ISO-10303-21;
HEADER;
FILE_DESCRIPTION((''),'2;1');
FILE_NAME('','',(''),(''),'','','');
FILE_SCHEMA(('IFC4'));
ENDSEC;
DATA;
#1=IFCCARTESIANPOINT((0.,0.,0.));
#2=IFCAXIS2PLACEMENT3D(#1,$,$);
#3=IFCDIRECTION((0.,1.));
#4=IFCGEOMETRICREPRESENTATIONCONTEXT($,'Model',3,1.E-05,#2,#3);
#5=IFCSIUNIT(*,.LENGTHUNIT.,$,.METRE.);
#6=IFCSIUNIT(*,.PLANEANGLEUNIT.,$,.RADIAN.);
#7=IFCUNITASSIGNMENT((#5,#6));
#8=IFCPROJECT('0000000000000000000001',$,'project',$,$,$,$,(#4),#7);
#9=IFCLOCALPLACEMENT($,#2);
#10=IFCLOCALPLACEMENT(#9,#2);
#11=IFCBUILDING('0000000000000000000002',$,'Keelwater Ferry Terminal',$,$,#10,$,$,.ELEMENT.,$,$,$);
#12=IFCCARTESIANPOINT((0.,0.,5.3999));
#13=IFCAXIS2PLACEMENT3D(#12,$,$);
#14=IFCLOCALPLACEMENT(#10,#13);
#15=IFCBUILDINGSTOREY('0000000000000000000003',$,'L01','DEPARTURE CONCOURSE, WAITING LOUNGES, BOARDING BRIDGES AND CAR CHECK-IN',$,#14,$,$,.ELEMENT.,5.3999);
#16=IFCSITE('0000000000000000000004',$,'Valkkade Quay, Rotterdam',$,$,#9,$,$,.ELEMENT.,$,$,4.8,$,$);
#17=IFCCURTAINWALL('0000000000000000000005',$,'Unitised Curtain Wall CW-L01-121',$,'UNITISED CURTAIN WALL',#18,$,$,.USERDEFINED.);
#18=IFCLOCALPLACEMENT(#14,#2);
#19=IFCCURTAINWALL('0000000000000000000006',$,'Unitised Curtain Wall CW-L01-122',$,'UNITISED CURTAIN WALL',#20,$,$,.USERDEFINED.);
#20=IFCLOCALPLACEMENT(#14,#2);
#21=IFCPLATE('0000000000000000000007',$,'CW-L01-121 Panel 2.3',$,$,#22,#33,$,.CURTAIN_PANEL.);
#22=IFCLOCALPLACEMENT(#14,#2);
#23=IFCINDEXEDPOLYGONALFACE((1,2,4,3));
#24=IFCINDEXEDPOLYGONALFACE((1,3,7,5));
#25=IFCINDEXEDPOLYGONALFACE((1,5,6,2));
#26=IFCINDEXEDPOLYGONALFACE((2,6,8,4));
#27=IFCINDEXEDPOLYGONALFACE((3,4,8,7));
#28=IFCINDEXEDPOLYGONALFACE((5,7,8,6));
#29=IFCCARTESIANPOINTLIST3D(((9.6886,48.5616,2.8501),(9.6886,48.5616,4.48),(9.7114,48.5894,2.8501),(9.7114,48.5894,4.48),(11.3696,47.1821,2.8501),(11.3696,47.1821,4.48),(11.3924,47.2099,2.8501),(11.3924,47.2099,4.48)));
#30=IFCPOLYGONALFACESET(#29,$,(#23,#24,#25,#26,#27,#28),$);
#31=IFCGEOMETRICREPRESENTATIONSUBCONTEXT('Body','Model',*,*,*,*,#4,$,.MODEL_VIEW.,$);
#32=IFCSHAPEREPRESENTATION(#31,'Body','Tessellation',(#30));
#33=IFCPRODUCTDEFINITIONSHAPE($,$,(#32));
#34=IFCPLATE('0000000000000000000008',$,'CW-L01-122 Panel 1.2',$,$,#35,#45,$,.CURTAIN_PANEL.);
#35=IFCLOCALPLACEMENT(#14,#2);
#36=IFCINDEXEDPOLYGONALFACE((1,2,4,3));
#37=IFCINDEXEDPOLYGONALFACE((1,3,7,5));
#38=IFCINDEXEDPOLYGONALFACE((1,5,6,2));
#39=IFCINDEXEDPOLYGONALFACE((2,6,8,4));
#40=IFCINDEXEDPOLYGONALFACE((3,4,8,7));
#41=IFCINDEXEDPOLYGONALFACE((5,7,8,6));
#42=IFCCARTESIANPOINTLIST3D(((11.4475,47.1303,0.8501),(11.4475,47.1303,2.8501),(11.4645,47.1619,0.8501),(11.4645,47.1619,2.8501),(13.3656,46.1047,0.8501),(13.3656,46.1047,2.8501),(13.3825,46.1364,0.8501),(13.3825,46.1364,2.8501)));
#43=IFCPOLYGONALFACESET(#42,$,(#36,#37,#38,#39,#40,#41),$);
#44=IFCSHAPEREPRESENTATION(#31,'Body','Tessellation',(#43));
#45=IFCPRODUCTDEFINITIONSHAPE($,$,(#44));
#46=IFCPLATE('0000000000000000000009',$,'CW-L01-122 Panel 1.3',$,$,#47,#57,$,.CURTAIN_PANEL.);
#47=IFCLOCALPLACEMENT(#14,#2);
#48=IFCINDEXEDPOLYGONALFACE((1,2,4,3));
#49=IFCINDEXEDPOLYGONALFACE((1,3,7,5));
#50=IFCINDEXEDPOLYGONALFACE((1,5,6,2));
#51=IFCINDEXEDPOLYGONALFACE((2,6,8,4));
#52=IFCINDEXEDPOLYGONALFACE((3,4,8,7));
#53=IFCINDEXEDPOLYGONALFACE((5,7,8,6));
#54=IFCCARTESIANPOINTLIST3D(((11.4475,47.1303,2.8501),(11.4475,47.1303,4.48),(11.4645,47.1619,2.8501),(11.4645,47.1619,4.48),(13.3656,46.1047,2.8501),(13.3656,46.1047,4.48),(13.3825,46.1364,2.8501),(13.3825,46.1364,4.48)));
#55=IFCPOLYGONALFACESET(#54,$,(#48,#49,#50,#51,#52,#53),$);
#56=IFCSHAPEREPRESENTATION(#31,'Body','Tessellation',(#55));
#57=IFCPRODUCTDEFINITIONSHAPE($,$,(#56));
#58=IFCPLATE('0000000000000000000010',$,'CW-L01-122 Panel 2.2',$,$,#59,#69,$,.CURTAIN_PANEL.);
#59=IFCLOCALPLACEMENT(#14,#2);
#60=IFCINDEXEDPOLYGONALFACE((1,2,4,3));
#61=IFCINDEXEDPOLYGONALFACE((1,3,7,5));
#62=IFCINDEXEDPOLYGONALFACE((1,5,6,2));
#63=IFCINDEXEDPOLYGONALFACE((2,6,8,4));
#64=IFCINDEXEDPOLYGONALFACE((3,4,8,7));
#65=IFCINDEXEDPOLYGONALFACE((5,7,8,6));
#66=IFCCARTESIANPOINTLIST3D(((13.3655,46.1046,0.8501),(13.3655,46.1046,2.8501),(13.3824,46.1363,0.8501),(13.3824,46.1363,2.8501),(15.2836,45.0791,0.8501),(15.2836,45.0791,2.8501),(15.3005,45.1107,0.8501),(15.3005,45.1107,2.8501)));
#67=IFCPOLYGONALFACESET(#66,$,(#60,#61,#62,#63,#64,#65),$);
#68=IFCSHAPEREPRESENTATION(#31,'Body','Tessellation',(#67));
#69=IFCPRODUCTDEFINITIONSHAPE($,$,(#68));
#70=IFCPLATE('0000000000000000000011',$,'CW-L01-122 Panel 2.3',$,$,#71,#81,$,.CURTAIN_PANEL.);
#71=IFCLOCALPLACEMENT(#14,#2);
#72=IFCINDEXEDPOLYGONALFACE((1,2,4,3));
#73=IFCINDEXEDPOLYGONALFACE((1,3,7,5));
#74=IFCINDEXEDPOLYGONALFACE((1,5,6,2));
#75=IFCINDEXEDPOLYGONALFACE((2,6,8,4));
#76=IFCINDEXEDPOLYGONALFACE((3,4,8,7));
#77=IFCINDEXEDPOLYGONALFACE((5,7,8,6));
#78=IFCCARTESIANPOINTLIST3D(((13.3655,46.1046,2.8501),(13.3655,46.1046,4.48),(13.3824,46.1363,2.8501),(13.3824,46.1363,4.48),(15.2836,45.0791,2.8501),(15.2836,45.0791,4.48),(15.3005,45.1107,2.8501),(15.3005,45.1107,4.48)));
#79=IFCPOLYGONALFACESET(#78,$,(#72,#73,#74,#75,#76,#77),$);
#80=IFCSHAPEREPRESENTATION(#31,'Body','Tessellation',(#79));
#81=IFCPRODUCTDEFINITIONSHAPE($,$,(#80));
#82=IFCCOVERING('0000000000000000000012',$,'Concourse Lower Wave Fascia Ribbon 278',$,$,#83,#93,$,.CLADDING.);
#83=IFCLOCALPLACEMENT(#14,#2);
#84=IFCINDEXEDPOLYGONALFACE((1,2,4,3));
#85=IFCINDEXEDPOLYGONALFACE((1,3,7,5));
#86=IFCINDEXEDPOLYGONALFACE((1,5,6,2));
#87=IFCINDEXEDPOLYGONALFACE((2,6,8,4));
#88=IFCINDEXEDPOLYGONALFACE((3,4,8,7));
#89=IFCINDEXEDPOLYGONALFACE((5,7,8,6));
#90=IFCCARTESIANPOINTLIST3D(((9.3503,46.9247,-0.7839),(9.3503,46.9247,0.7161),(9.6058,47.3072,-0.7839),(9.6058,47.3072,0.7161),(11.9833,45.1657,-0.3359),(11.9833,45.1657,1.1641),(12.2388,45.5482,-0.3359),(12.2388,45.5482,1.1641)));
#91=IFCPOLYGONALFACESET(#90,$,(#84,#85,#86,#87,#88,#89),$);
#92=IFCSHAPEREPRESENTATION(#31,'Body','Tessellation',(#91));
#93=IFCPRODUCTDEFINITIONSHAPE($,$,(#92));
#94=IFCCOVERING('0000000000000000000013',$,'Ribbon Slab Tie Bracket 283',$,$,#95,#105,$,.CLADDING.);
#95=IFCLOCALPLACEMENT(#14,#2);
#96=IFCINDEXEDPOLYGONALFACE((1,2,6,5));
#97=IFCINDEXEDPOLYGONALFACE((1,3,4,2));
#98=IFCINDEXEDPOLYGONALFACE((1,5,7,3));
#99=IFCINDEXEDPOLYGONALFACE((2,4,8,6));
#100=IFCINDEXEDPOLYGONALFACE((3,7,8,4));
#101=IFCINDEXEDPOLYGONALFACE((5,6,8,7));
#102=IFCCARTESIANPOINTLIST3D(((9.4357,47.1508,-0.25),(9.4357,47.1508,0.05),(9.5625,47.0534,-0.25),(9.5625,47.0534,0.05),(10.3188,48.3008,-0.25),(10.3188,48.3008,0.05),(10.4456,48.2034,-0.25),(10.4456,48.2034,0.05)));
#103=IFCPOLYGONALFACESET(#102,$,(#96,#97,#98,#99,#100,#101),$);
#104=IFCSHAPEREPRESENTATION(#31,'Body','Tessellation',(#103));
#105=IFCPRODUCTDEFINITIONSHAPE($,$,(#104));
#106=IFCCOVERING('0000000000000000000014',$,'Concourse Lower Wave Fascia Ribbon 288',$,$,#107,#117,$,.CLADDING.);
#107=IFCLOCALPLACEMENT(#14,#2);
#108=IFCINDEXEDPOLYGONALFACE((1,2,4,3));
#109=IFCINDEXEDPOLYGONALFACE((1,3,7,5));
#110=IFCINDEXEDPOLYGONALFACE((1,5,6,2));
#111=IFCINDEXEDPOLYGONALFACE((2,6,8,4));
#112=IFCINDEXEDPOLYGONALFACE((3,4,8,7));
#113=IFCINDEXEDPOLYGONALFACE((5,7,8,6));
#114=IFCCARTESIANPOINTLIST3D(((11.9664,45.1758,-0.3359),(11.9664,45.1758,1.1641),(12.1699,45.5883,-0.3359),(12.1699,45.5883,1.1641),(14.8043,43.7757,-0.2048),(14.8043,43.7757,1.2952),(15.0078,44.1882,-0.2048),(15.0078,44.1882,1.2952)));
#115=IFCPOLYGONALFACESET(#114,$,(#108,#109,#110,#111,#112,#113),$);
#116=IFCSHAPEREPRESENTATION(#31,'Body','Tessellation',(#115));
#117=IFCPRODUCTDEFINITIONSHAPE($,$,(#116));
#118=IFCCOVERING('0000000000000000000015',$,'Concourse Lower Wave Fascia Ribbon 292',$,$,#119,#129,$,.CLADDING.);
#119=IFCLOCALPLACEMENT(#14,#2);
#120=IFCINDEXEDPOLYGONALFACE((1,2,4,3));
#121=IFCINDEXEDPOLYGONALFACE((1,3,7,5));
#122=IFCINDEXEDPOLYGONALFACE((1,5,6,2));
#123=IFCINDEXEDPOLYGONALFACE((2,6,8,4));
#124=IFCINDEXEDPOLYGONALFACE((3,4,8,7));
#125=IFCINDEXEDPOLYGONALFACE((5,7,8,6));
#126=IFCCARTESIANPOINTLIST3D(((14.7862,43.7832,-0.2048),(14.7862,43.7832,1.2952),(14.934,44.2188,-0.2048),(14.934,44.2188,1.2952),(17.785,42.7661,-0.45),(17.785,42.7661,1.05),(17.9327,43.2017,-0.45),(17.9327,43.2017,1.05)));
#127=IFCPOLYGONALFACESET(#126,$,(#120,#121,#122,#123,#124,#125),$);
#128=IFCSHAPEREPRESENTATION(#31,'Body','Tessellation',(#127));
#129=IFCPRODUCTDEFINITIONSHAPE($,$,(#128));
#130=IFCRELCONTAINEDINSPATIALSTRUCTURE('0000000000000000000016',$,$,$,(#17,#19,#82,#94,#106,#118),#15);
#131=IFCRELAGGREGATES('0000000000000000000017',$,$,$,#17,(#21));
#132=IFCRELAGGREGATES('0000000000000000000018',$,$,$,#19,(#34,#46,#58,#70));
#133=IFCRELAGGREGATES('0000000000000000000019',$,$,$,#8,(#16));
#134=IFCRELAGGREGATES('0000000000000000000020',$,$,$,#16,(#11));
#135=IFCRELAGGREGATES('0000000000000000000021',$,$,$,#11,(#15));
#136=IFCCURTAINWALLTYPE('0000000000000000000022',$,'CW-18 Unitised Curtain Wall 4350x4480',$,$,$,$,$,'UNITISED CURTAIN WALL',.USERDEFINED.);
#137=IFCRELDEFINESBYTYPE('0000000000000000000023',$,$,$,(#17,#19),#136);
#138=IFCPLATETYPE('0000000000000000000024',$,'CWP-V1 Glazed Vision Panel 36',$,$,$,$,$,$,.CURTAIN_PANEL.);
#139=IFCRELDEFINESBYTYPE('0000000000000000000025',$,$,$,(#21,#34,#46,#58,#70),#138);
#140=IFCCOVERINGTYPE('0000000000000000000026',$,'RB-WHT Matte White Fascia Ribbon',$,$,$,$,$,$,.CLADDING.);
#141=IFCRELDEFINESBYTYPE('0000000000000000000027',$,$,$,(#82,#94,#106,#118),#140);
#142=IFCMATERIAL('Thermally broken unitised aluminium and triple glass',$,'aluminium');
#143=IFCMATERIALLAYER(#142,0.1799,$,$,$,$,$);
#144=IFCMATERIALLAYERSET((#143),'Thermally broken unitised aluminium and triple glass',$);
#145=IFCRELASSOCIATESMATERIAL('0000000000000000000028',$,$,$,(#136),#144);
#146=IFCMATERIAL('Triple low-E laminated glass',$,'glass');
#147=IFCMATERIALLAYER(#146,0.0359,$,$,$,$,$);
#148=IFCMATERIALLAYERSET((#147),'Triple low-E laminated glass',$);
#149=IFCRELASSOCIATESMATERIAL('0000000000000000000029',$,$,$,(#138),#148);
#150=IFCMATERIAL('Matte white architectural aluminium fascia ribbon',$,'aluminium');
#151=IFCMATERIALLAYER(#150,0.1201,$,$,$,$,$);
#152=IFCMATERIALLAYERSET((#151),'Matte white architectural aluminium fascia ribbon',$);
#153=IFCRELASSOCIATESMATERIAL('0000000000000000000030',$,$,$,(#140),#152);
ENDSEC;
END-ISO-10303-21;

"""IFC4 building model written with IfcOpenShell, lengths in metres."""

from ifc_helpers import new_model, si_unit, direction, frame, frame_2d, origin, origin_2d, place, context, subcontext, project, spatial, polyline, rectangle, outline, extrude, material, layer, layer_set, type_object, element, aggregate, save


model = new_model("IFC4")

# Units and contexts
model_context = context("Model", 3, precision=1e-05, world=origin(), true_north=direction((0.0, 1.0)))
body_context = subcontext(model_context, "Body", "Model", "MODEL_VIEW")
ifc_project = project(units=[si_unit("LENGTHUNIT", "METRE"), si_unit("PLANEANGLEUNIT", "RADIAN")], contexts=[model_context])

# Site, building, storey
site_placement = place(None, origin())
site = spatial("IfcSite", under=ifc_project, at=site_placement, Name="Valkkade Quay, Rotterdam", CompositionType="ELEMENT", RefElevation=4.8)
building_placement = place(site_placement, origin())
building = spatial("IfcBuilding", under=site, at=building_placement, Name="Keelwater Ferry Terminal", CompositionType="ELEMENT")
storey_placement = place(building_placement, frame((0.0, 0.0, 5.3999)))
storey = spatial("IfcBuildingStorey", under=building, at=storey_placement, Name="L01", Description="DEPARTURE CONCOURSE, WAITING LOUNGES, BOARDING BRIDGES AND CAR CHECK-IN", CompositionType="ELEMENT", Elevation=5.3999)

# Curtain walls
ifc_material_1 = material(Name="Thermally broken unitised aluminium and triple glass", Category="aluminium")
ifc_layer_1 = layer(ifc_material_1, 0.1799)
ifc_layer_set_1 = layer_set([ifc_layer_1], Name="Thermally broken unitised aluminium and triple glass")
curtain_wall_type = type_object("IfcCurtainWallType", Name="CW-18 Unitised Curtain Wall 4350x4480", ElementType="UNITISED CURTAIN WALL", PredefinedType="USERDEFINED", material=ifc_layer_set_1)
curtain_wall_1_placement = place(storey_placement, origin())
curtain_wall_1 = element("IfcCurtainWall", 1, at=curtain_wall_1_placement, inside=storey, type_object=curtain_wall_type, Name="Unitised Curtain Wall CW-L01-121", ObjectType="UNITISED CURTAIN WALL", PredefinedType="USERDEFINED")
curtain_wall_2_placement = place(storey_placement, origin())
curtain_wall_2 = element("IfcCurtainWall", 2, at=curtain_wall_2_placement, inside=storey, type_object=curtain_wall_type, Name="Unitised Curtain Wall CW-L01-122", ObjectType="UNITISED CURTAIN WALL", PredefinedType="USERDEFINED")

# Plates
ifc_material_2 = material(Name="Triple low-E laminated glass", Category="glass")
ifc_layer_2 = layer(ifc_material_2, 0.0359)
ifc_layer_set_2 = layer_set([ifc_layer_2], Name="Triple low-E laminated glass")
plate_type_1 = type_object("IfcPlateType", Name="CWP-V1 Glazed Vision Panel 36", PredefinedType="CURTAIN_PANEL", material=ifc_layer_set_2)
plate_1_placement = place(storey_placement, frame((10.5405, 47.8857, 2.8501), z_axis=(0.0, 0.0, 1.0), x_axis=(0.773024, -0.634377, 0.0)))
plate_1 = element("IfcPlate", 3, at=plate_1_placement, type_object=plate_type_1, Name="CW-L01-121 Panel 2.3", PredefinedType="CURTAIN_PANEL", context=body_context, shape_type="SweptSolid", body=[
    extrude(rectangle(XDim=2.1746, YDim=0.0359, at=origin_2d()), origin(), (0.0, 0.0, 1.0), 1.6299),
])
aggregate(curtain_wall_1, [plate_1])
plate_2_placement = place(storey_placement, frame((12.415, 46.6333, 0.8501), z_axis=(0.0, 0.0, 1.0), x_axis=(0.881862, -0.471507, 0.0)))
plate_2 = element("IfcPlate", 4, at=plate_2_placement, type_object=plate_type_1, Name="CW-L01-122 Panel 1.2", PredefinedType="CURTAIN_PANEL", context=body_context, shape_type="SweptSolid", body=[
    extrude(rectangle(XDim=2.175, YDim=0.0359, at=origin_2d()), origin(), (0.0, 0.0, 1.0), 2.0),
])
plate_3_placement = place(storey_placement, frame((12.415, 46.6333, 2.8501), z_axis=(0.0, 0.0, 1.0), x_axis=(0.881862, -0.471507, 0.0)))
plate_3 = element("IfcPlate", 5, at=plate_3_placement, type_object=plate_type_1, Name="CW-L01-122 Panel 1.3", PredefinedType="CURTAIN_PANEL", context=body_context, shape_type="SweptSolid", body=[
    extrude(rectangle(XDim=2.175, YDim=0.0359, at=origin_2d()), origin(), (0.0, 0.0, 1.0), 1.6299),
])
plate_4_placement = place(storey_placement, frame((14.333, 45.6077, 0.8501), z_axis=(0.0, 0.0, 1.0), x_axis=(0.881862, -0.471507, 0.0)))
plate_4 = element("IfcPlate", 6, at=plate_4_placement, type_object=plate_type_1, Name="CW-L01-122 Panel 2.2", PredefinedType="CURTAIN_PANEL", context=body_context, shape_type="SweptSolid", body=[
    extrude(rectangle(XDim=2.175, YDim=0.0359, at=origin_2d()), origin(), (0.0, 0.0, 1.0), 2.0),
])
plate_5_placement = place(storey_placement, frame((14.333, 45.6077, 2.8501), z_axis=(0.0, 0.0, 1.0), x_axis=(0.881862, -0.471507, 0.0)))
plate_5 = element("IfcPlate", 7, at=plate_5_placement, type_object=plate_type_1, Name="CW-L01-122 Panel 2.3", PredefinedType="CURTAIN_PANEL", context=body_context, shape_type="SweptSolid", body=[
    extrude(rectangle(XDim=2.175, YDim=0.0359, at=origin_2d()), origin(), (0.0, 0.0, 1.0), 1.6299),
])
aggregate(curtain_wall_2, [plate_2, plate_3, plate_4, plate_5])

# Coverings
ifc_material_3 = material(Name="Matte white architectural aluminium fascia ribbon", Category="aluminium")
ifc_layer_3 = layer(ifc_material_3, 0.1201)
ifc_layer_set_3 = layer_set([ifc_layer_3], Name="Matte white architectural aluminium fascia ribbon")
covering_type = type_object("IfcCoveringType", Name="RB-WHT Matte White Fascia Ribbon", PredefinedType="CLADDING", material=ifc_layer_set_3)
covering_1_placement = place(storey_placement, frame((9.478, 47.116, -0.7839), z_axis=(0.0, 0.0, 1.0), x_axis=(0.831516, -0.555501, 0.0)))
element("IfcCovering", 8, at=covering_1_placement, inside=storey, type_object=covering_type, Name="Concourse Lower Wave Fascia Ribbon 278", PredefinedType="CLADDING", context=body_context, shape_type="SweptSolid", body=[
    extrude(outline(polyline([(0.0, 0.0), (3.1665, 0.448), (3.1665, 1.948), (0.0, 1.5), (0.0, 0.0)])), frame((0.0, 0.23, 0.0), z_axis=(0.0, -1.0, 0.0), x_axis=(1.0, 0.0, 0.0)), (0.0, 0.0, 1.0), 0.46),
])
covering_2_placement = place(storey_placement, frame((9.499, 47.1021, -0.25), z_axis=(0.0, 0.0, 1.0), x_axis=(0.609068, 0.793118, 0.0)))
element("IfcCovering", 9, at=covering_2_placement, inside=storey, type_object=covering_type, Name="Ribbon Slab Tie Bracket 283", PredefinedType="CLADDING", context=body_context, shape_type="SweptSolid", body=[
    extrude(rectangle(XDim=1.45, YDim=0.1599, at=frame_2d((0.7251, 0.0))), origin(), (0.0, 0.0, 1.0), 0.3),
])
covering_3_placement = place(storey_placement, frame((12.0681, 45.3821, -0.3359), z_axis=(0.0, 0.0, 1.0), x_axis=(0.896791, -0.442455, 0.0)))
element("IfcCovering", 10, at=covering_3_placement, inside=storey, type_object=covering_type, Name="Concourse Lower Wave Fascia Ribbon 288", PredefinedType="CLADDING", context=body_context, shape_type="SweptSolid", body=[
    extrude(outline(polyline([(0.0, 0.0), (3.1646, 0.1311), (3.1646, 1.6311), (0.0, 1.5), (0.0, 0.0)])), frame((0.0, 0.23, 0.0), z_axis=(0.0, -1.0, 0.0), x_axis=(1.0, 0.0, 0.0)), (0.0, 0.0, 1.0), 0.46),
])
covering_4_placement = place(storey_placement, frame((14.8601, 44.001, -0.45), z_axis=(0.0, 0.0, 1.0), x_axis=(0.947013, -0.321196, 0.0)))
element("IfcCovering", 11, at=covering_4_placement, inside=storey, type_object=covering_type, Name="Concourse Lower Wave Fascia Ribbon 292", PredefinedType="CLADDING", context=body_context, shape_type="SweptSolid", body=[
    extrude(outline(polyline([(0.0, 0.2451), (3.1665, 0.0), (3.1665, 1.5), (0.0, 1.7451), (0.0, 0.2451)])), frame((0.0, 0.23, 0.0), z_axis=(0.0, -1.0, 0.0), x_axis=(1.0, 0.0, 0.0)), (0.0, 0.0, 1.0), 0.46),
])

save(model, "model.ifc")
